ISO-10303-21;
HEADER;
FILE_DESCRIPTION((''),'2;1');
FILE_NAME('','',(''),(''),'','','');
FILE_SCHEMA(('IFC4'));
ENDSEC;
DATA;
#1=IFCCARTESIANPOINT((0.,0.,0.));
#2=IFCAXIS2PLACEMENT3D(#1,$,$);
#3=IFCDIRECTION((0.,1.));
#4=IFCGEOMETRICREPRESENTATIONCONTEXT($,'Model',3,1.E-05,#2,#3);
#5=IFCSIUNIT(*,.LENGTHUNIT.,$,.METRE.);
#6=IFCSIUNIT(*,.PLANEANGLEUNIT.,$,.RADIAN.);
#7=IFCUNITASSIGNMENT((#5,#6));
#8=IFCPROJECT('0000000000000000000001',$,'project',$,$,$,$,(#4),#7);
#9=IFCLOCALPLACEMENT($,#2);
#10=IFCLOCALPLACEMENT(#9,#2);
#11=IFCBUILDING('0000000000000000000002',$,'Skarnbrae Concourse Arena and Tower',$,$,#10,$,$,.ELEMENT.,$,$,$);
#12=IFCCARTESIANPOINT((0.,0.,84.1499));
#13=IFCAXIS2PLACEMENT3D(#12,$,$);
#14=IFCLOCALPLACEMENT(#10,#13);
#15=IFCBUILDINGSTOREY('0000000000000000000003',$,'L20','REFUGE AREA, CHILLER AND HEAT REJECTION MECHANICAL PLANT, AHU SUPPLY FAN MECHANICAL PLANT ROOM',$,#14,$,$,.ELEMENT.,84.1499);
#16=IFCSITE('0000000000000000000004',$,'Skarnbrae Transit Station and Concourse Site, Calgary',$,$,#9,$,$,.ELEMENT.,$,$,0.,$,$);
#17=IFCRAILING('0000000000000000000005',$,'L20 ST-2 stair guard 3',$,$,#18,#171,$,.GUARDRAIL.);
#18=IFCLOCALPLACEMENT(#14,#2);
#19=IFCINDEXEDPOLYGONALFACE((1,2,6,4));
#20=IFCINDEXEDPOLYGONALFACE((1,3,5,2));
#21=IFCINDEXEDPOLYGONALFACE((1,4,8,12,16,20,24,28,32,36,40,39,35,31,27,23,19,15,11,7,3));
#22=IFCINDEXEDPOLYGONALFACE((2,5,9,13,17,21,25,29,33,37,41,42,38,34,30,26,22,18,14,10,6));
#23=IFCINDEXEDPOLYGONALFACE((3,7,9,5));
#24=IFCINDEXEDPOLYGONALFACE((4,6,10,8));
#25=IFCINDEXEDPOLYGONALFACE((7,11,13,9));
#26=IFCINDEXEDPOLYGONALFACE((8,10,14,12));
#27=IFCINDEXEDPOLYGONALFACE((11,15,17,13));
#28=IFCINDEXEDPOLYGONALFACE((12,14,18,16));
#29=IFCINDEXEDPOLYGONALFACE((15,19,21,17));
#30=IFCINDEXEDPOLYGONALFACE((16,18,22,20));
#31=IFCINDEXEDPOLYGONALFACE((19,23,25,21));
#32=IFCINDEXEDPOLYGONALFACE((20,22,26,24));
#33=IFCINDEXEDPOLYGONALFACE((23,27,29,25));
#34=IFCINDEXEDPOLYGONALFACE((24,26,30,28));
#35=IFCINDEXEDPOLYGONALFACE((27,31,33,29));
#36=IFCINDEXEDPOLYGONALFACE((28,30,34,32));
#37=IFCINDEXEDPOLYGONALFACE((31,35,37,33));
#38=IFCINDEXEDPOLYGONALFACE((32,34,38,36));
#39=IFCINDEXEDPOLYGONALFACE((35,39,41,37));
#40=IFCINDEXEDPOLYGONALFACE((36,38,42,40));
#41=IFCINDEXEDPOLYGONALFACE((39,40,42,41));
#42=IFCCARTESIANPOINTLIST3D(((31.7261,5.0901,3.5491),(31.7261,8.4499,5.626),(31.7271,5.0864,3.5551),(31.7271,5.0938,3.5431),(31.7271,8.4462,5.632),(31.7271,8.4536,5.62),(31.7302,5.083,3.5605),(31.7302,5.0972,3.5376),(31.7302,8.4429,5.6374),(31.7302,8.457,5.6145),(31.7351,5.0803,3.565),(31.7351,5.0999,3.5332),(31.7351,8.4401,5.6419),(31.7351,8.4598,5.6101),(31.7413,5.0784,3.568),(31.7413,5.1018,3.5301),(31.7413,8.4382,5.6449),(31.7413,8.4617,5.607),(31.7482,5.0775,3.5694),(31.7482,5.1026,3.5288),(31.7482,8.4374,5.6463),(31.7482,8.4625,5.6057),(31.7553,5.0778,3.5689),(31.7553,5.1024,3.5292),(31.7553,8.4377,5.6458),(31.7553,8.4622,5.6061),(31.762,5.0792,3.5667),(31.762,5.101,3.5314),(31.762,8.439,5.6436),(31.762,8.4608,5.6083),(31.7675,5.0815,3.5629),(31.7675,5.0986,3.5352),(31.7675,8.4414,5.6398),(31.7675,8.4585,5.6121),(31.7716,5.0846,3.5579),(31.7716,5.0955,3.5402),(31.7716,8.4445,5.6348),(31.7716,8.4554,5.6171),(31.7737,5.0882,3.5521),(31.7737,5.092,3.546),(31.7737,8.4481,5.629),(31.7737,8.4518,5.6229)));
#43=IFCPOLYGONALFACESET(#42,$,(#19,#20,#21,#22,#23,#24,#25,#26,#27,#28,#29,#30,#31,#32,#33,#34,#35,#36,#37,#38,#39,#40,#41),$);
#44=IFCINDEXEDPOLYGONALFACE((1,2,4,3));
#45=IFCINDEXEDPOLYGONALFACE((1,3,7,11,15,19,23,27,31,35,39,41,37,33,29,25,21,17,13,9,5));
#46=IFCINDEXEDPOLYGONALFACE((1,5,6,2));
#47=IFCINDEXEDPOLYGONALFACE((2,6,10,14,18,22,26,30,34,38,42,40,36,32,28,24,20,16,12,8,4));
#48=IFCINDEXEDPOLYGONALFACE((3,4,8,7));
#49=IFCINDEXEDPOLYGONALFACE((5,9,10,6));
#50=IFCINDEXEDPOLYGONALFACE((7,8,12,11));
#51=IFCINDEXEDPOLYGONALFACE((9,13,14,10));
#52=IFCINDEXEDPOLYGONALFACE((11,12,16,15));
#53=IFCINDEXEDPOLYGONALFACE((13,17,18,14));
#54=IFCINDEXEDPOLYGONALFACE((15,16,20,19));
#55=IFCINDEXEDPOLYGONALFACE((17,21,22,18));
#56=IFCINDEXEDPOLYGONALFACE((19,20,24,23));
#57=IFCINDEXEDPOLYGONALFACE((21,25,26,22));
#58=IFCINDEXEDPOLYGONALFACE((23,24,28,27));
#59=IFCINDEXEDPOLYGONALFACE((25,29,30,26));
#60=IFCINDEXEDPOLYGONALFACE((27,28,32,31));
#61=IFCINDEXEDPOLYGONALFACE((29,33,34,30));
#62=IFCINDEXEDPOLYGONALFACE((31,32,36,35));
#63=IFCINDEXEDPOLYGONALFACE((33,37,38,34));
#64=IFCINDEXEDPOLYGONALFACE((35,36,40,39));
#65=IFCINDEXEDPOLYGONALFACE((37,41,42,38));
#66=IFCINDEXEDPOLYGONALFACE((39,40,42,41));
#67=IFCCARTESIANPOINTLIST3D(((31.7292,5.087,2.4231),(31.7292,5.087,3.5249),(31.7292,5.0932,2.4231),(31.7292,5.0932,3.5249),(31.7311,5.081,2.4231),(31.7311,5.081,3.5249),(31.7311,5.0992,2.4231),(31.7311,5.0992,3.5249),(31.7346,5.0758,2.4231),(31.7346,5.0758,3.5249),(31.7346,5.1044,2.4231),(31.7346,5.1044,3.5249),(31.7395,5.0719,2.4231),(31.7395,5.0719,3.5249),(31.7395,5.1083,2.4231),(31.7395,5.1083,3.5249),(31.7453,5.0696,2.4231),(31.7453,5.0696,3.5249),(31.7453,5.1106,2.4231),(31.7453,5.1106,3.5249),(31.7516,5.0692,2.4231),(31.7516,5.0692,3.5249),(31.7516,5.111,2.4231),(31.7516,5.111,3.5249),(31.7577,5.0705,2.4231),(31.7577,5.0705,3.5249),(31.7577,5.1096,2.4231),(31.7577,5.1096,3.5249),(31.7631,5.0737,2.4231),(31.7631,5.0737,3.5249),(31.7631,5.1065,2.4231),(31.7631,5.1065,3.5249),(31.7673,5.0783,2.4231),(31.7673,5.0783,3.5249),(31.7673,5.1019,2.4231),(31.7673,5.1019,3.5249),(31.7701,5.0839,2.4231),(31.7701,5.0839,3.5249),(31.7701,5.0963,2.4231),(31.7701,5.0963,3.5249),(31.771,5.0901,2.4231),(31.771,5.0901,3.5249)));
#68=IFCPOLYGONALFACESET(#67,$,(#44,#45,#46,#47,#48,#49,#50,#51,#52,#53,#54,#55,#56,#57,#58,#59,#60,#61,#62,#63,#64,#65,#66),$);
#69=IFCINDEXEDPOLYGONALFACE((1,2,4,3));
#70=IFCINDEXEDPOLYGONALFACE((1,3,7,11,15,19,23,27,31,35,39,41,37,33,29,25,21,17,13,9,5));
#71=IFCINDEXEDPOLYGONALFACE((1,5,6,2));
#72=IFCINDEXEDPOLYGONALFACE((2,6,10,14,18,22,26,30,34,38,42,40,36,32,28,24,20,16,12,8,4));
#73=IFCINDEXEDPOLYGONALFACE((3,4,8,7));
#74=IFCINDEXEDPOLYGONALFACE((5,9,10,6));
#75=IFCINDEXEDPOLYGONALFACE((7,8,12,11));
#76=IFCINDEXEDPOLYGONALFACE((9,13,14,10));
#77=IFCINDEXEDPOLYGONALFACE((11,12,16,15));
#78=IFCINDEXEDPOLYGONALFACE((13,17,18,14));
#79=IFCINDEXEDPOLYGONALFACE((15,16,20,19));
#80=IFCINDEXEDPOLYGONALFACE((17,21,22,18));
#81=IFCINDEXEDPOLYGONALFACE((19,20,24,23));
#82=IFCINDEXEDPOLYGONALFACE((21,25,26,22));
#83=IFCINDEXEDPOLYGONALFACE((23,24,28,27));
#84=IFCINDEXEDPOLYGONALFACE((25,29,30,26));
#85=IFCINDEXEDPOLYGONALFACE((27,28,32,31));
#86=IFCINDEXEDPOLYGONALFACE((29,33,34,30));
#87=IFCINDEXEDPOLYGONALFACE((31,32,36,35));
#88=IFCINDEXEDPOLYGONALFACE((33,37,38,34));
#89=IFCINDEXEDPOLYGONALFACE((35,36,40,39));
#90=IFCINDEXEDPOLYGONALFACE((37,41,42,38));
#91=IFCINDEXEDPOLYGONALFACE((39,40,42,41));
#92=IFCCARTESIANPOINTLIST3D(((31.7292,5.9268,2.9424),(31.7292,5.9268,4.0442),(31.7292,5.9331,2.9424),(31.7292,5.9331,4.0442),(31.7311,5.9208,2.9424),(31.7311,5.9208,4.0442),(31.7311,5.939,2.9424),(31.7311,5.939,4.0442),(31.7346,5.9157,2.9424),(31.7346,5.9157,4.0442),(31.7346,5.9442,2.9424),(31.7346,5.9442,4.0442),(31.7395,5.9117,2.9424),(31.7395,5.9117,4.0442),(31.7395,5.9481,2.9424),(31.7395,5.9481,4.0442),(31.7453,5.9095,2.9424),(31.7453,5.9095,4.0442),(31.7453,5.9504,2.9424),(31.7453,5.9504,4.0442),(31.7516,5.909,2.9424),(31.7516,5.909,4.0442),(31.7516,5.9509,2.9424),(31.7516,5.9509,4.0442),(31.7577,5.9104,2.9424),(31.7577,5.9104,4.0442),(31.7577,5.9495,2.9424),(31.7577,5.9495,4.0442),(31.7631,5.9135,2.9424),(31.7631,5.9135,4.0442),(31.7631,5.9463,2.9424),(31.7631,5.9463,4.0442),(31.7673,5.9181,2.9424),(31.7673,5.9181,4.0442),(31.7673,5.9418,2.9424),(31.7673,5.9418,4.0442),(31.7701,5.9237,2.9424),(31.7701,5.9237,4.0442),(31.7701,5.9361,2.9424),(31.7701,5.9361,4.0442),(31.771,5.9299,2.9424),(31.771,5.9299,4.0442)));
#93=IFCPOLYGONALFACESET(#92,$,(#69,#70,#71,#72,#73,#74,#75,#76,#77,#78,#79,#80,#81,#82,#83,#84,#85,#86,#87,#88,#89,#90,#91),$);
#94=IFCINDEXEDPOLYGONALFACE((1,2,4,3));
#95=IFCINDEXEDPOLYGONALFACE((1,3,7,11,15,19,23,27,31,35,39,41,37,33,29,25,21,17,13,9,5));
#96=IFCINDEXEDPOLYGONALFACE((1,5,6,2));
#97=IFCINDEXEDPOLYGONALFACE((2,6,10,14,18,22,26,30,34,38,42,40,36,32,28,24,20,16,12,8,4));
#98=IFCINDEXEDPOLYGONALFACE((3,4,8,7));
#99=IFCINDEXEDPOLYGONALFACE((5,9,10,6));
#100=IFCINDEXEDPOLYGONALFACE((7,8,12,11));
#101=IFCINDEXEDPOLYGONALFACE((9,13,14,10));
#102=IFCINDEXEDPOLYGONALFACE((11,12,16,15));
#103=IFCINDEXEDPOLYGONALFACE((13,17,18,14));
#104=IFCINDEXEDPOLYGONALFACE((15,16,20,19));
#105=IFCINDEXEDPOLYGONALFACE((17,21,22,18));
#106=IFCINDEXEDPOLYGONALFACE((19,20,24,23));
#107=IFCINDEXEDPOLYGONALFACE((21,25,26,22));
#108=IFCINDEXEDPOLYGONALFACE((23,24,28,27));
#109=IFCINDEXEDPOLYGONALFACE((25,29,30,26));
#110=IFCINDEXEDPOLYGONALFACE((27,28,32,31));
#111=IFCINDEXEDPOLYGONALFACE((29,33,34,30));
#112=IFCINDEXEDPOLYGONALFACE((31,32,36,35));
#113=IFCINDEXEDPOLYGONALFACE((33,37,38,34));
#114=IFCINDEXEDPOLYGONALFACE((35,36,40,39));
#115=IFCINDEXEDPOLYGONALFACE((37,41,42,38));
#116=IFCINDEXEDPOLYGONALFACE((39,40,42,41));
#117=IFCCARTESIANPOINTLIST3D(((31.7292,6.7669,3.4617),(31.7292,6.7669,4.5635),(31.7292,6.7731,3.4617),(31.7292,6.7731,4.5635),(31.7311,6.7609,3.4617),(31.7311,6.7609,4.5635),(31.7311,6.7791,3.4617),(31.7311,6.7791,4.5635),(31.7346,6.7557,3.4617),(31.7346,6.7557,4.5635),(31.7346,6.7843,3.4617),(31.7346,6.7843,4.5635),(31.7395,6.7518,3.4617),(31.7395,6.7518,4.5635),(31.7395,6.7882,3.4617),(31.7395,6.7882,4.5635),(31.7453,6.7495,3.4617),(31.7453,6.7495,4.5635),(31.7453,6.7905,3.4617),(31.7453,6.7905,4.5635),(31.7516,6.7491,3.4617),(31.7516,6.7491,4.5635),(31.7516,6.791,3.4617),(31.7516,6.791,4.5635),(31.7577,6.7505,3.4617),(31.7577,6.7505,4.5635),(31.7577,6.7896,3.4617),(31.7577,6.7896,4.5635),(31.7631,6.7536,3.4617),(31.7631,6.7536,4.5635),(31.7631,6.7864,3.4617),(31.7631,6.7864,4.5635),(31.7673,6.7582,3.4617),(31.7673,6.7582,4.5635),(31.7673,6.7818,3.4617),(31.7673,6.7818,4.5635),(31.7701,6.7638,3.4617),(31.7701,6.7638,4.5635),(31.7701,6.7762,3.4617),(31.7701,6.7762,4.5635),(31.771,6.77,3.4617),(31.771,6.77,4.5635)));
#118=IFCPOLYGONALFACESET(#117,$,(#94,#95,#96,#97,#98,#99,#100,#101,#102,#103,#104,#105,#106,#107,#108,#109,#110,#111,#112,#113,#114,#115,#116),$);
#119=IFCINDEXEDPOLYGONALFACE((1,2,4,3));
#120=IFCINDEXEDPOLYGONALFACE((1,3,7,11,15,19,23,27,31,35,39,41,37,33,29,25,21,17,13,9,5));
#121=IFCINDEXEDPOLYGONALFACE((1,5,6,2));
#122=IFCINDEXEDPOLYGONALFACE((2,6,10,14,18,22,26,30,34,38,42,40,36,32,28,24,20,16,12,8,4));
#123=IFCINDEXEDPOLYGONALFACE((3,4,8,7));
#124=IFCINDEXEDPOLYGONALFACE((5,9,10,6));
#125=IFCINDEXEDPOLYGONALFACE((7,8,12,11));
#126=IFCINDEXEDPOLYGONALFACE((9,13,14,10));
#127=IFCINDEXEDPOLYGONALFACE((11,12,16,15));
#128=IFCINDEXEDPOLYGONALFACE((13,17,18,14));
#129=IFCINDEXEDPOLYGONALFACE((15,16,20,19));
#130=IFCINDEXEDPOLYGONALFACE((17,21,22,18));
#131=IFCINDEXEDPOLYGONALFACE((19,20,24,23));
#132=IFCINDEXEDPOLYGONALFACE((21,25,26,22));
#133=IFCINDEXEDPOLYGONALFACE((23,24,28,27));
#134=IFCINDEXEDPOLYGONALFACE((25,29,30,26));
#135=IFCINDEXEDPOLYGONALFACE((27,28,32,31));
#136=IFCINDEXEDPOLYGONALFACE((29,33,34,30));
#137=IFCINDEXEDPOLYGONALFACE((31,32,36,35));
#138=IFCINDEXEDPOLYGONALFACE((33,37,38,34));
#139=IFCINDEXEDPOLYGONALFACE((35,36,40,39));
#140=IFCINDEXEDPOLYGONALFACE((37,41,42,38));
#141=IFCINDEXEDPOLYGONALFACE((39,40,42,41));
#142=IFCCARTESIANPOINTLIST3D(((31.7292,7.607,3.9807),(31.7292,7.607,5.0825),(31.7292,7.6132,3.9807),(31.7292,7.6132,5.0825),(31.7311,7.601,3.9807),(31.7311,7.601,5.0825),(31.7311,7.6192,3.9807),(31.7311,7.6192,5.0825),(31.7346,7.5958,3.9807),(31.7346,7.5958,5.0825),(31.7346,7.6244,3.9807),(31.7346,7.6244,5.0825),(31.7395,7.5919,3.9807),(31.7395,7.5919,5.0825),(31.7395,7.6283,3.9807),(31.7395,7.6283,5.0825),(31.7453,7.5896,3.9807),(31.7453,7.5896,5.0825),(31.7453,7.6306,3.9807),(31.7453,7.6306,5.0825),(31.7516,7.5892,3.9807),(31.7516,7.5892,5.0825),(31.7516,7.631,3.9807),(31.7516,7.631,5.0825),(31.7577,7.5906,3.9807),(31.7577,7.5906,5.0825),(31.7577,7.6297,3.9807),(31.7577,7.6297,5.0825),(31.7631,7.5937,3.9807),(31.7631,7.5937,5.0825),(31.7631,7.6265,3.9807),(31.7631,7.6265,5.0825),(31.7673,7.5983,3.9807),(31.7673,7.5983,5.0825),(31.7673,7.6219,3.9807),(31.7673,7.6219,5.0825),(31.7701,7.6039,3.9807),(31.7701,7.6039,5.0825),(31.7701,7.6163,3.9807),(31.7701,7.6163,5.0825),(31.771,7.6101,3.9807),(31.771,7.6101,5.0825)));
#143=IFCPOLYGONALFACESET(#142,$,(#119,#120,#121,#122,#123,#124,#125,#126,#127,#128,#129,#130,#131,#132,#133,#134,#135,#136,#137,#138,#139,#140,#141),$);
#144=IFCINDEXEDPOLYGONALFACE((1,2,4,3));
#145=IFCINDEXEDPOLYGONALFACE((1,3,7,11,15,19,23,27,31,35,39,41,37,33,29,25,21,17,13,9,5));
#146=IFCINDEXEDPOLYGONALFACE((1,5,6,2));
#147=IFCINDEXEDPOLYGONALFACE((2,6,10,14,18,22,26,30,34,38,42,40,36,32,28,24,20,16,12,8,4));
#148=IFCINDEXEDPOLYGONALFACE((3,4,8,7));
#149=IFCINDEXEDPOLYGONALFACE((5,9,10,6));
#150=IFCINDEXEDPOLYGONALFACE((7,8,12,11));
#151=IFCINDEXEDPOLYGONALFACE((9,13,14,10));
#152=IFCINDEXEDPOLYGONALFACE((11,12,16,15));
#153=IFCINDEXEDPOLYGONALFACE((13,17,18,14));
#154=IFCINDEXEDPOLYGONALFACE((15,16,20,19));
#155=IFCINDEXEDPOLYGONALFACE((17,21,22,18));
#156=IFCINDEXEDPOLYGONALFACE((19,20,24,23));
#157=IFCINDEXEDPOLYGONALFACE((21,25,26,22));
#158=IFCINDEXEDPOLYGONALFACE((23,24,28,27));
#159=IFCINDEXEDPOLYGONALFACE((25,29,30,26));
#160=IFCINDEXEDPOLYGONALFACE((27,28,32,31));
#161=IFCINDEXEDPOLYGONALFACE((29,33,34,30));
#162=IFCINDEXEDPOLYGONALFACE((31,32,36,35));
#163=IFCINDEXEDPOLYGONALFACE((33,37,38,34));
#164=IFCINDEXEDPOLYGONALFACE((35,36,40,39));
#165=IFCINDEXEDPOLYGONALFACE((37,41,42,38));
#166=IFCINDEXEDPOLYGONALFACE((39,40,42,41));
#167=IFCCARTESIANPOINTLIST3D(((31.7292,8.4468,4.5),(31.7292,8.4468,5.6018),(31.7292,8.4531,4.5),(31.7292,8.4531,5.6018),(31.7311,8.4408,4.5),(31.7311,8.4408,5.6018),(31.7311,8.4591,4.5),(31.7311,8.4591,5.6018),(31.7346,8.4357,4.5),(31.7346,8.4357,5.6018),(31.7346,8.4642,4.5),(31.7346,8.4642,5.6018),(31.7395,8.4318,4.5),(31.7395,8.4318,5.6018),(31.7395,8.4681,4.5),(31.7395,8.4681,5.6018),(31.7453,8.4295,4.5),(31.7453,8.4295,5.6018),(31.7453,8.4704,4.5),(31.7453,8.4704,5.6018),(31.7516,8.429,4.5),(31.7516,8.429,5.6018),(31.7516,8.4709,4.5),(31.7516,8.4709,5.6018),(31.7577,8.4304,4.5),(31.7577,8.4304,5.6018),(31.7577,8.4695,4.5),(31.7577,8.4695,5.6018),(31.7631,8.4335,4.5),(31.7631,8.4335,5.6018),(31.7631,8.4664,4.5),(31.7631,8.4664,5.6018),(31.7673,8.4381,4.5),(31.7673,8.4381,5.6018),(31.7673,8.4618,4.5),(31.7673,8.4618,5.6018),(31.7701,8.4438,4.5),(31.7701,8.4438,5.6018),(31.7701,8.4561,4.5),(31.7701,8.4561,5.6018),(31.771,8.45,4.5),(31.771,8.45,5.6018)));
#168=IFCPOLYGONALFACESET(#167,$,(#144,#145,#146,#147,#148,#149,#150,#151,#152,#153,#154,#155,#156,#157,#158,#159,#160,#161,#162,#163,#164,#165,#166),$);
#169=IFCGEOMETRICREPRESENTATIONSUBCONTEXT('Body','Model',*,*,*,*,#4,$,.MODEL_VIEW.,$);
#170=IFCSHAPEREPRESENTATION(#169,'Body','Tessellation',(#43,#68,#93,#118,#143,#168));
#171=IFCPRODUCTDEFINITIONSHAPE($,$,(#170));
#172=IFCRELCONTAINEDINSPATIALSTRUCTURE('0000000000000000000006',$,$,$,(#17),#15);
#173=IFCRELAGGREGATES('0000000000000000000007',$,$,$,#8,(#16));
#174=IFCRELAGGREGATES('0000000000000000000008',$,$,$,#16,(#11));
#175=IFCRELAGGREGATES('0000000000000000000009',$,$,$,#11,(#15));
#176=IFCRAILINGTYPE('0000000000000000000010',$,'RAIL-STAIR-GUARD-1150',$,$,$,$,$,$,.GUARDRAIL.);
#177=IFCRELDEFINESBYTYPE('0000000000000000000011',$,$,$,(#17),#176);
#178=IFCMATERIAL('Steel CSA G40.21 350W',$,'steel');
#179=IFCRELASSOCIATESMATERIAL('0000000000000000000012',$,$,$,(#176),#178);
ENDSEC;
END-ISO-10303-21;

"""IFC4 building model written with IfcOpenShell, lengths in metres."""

from ifc_helpers import new_model, si_unit, direction, frame, origin, origin_2d, place, context, subcontext, project, spatial, circle, extrude, material, type_object, element, save


model = new_model("IFC4")

# Units and contexts
model_context = context("Model", 3, precision=1e-05, world=origin(), true_north=direction((0.0, 1.0)))
body_context = subcontext(model_context, "Body", "Model", "MODEL_VIEW")
ifc_project = project(units=[si_unit("LENGTHUNIT", "METRE"), si_unit("PLANEANGLEUNIT", "RADIAN")], contexts=[model_context])

# Site, building, storey
site_placement = place(None, origin())
site = spatial("IfcSite", under=ifc_project, at=site_placement, Name="Skarnbrae Transit Station and Concourse Site, Calgary", CompositionType="ELEMENT", RefElevation=0.0)
building_placement = place(site_placement, origin())
building = spatial("IfcBuilding", under=site, at=building_placement, Name="Skarnbrae Concourse Arena and Tower", CompositionType="ELEMENT")
storey_placement = place(building_placement, frame((0.0, 0.0, 84.1499)))
storey = spatial("IfcBuildingStorey", under=building, at=storey_placement, Name="L20", Description="REFUGE AREA, CHILLER AND HEAT REJECTION MECHANICAL PLANT, AHU SUPPLY FAN MECHANICAL PLANT ROOM", CompositionType="ELEMENT", Elevation=84.1499)

# Shared definitions
ifc_material_1 = material(Name="Steel CSA G40.21 350W", Category="steel")

# Railing
railing_type_1 = type_object("IfcRailingType", Name="RAIL-STAIR-GUARD-1150", PredefinedType="GUARDRAIL", material=ifc_material_1)
railing_1_placement = place(storey_placement, frame((31.75, 5.0901, 2.4231)))
element("IfcRailing", 1, at=railing_1_placement, inside=storey, type_object=railing_type_1, Name="L20 ST-2 stair guard 3", PredefinedType="GUARDRAIL", context=body_context, shape_type="SweptSolid", body=[
    extrude(circle(Radius=0.0239, at=origin_2d()), frame((0.0, 0.0, 1.126), z_axis=(0.0, 0.850606, 0.525803), x_axis=(-1.0, 0.0, 0.0)), (0.0, 0.0, 1.0), 3.95),
    extrude(circle(Radius=0.021, at=origin_2d()), origin(), (0.0, 0.0, 1.0), 1.1018),
    extrude(circle(Radius=0.021, at=origin_2d()), frame((0.0, 0.8398, 0.5193)), (0.0, 0.0, 1.0), 1.1018),
    extrude(circle(Radius=0.021, at=origin_2d()), frame((0.0, 1.6799, 1.0386)), (0.0, 0.0, 1.0), 1.1018),
    extrude(circle(Radius=0.021, at=origin_2d()), frame((0.0, 2.52, 1.5576)), (0.0, 0.0, 1.0), 1.1018),
    extrude(circle(Radius=0.021, at=origin_2d()), frame((0.0, 3.3599, 2.0769)), (0.0, 0.0, 1.0), 1.1018),
])

save(model, "model.ifc")
